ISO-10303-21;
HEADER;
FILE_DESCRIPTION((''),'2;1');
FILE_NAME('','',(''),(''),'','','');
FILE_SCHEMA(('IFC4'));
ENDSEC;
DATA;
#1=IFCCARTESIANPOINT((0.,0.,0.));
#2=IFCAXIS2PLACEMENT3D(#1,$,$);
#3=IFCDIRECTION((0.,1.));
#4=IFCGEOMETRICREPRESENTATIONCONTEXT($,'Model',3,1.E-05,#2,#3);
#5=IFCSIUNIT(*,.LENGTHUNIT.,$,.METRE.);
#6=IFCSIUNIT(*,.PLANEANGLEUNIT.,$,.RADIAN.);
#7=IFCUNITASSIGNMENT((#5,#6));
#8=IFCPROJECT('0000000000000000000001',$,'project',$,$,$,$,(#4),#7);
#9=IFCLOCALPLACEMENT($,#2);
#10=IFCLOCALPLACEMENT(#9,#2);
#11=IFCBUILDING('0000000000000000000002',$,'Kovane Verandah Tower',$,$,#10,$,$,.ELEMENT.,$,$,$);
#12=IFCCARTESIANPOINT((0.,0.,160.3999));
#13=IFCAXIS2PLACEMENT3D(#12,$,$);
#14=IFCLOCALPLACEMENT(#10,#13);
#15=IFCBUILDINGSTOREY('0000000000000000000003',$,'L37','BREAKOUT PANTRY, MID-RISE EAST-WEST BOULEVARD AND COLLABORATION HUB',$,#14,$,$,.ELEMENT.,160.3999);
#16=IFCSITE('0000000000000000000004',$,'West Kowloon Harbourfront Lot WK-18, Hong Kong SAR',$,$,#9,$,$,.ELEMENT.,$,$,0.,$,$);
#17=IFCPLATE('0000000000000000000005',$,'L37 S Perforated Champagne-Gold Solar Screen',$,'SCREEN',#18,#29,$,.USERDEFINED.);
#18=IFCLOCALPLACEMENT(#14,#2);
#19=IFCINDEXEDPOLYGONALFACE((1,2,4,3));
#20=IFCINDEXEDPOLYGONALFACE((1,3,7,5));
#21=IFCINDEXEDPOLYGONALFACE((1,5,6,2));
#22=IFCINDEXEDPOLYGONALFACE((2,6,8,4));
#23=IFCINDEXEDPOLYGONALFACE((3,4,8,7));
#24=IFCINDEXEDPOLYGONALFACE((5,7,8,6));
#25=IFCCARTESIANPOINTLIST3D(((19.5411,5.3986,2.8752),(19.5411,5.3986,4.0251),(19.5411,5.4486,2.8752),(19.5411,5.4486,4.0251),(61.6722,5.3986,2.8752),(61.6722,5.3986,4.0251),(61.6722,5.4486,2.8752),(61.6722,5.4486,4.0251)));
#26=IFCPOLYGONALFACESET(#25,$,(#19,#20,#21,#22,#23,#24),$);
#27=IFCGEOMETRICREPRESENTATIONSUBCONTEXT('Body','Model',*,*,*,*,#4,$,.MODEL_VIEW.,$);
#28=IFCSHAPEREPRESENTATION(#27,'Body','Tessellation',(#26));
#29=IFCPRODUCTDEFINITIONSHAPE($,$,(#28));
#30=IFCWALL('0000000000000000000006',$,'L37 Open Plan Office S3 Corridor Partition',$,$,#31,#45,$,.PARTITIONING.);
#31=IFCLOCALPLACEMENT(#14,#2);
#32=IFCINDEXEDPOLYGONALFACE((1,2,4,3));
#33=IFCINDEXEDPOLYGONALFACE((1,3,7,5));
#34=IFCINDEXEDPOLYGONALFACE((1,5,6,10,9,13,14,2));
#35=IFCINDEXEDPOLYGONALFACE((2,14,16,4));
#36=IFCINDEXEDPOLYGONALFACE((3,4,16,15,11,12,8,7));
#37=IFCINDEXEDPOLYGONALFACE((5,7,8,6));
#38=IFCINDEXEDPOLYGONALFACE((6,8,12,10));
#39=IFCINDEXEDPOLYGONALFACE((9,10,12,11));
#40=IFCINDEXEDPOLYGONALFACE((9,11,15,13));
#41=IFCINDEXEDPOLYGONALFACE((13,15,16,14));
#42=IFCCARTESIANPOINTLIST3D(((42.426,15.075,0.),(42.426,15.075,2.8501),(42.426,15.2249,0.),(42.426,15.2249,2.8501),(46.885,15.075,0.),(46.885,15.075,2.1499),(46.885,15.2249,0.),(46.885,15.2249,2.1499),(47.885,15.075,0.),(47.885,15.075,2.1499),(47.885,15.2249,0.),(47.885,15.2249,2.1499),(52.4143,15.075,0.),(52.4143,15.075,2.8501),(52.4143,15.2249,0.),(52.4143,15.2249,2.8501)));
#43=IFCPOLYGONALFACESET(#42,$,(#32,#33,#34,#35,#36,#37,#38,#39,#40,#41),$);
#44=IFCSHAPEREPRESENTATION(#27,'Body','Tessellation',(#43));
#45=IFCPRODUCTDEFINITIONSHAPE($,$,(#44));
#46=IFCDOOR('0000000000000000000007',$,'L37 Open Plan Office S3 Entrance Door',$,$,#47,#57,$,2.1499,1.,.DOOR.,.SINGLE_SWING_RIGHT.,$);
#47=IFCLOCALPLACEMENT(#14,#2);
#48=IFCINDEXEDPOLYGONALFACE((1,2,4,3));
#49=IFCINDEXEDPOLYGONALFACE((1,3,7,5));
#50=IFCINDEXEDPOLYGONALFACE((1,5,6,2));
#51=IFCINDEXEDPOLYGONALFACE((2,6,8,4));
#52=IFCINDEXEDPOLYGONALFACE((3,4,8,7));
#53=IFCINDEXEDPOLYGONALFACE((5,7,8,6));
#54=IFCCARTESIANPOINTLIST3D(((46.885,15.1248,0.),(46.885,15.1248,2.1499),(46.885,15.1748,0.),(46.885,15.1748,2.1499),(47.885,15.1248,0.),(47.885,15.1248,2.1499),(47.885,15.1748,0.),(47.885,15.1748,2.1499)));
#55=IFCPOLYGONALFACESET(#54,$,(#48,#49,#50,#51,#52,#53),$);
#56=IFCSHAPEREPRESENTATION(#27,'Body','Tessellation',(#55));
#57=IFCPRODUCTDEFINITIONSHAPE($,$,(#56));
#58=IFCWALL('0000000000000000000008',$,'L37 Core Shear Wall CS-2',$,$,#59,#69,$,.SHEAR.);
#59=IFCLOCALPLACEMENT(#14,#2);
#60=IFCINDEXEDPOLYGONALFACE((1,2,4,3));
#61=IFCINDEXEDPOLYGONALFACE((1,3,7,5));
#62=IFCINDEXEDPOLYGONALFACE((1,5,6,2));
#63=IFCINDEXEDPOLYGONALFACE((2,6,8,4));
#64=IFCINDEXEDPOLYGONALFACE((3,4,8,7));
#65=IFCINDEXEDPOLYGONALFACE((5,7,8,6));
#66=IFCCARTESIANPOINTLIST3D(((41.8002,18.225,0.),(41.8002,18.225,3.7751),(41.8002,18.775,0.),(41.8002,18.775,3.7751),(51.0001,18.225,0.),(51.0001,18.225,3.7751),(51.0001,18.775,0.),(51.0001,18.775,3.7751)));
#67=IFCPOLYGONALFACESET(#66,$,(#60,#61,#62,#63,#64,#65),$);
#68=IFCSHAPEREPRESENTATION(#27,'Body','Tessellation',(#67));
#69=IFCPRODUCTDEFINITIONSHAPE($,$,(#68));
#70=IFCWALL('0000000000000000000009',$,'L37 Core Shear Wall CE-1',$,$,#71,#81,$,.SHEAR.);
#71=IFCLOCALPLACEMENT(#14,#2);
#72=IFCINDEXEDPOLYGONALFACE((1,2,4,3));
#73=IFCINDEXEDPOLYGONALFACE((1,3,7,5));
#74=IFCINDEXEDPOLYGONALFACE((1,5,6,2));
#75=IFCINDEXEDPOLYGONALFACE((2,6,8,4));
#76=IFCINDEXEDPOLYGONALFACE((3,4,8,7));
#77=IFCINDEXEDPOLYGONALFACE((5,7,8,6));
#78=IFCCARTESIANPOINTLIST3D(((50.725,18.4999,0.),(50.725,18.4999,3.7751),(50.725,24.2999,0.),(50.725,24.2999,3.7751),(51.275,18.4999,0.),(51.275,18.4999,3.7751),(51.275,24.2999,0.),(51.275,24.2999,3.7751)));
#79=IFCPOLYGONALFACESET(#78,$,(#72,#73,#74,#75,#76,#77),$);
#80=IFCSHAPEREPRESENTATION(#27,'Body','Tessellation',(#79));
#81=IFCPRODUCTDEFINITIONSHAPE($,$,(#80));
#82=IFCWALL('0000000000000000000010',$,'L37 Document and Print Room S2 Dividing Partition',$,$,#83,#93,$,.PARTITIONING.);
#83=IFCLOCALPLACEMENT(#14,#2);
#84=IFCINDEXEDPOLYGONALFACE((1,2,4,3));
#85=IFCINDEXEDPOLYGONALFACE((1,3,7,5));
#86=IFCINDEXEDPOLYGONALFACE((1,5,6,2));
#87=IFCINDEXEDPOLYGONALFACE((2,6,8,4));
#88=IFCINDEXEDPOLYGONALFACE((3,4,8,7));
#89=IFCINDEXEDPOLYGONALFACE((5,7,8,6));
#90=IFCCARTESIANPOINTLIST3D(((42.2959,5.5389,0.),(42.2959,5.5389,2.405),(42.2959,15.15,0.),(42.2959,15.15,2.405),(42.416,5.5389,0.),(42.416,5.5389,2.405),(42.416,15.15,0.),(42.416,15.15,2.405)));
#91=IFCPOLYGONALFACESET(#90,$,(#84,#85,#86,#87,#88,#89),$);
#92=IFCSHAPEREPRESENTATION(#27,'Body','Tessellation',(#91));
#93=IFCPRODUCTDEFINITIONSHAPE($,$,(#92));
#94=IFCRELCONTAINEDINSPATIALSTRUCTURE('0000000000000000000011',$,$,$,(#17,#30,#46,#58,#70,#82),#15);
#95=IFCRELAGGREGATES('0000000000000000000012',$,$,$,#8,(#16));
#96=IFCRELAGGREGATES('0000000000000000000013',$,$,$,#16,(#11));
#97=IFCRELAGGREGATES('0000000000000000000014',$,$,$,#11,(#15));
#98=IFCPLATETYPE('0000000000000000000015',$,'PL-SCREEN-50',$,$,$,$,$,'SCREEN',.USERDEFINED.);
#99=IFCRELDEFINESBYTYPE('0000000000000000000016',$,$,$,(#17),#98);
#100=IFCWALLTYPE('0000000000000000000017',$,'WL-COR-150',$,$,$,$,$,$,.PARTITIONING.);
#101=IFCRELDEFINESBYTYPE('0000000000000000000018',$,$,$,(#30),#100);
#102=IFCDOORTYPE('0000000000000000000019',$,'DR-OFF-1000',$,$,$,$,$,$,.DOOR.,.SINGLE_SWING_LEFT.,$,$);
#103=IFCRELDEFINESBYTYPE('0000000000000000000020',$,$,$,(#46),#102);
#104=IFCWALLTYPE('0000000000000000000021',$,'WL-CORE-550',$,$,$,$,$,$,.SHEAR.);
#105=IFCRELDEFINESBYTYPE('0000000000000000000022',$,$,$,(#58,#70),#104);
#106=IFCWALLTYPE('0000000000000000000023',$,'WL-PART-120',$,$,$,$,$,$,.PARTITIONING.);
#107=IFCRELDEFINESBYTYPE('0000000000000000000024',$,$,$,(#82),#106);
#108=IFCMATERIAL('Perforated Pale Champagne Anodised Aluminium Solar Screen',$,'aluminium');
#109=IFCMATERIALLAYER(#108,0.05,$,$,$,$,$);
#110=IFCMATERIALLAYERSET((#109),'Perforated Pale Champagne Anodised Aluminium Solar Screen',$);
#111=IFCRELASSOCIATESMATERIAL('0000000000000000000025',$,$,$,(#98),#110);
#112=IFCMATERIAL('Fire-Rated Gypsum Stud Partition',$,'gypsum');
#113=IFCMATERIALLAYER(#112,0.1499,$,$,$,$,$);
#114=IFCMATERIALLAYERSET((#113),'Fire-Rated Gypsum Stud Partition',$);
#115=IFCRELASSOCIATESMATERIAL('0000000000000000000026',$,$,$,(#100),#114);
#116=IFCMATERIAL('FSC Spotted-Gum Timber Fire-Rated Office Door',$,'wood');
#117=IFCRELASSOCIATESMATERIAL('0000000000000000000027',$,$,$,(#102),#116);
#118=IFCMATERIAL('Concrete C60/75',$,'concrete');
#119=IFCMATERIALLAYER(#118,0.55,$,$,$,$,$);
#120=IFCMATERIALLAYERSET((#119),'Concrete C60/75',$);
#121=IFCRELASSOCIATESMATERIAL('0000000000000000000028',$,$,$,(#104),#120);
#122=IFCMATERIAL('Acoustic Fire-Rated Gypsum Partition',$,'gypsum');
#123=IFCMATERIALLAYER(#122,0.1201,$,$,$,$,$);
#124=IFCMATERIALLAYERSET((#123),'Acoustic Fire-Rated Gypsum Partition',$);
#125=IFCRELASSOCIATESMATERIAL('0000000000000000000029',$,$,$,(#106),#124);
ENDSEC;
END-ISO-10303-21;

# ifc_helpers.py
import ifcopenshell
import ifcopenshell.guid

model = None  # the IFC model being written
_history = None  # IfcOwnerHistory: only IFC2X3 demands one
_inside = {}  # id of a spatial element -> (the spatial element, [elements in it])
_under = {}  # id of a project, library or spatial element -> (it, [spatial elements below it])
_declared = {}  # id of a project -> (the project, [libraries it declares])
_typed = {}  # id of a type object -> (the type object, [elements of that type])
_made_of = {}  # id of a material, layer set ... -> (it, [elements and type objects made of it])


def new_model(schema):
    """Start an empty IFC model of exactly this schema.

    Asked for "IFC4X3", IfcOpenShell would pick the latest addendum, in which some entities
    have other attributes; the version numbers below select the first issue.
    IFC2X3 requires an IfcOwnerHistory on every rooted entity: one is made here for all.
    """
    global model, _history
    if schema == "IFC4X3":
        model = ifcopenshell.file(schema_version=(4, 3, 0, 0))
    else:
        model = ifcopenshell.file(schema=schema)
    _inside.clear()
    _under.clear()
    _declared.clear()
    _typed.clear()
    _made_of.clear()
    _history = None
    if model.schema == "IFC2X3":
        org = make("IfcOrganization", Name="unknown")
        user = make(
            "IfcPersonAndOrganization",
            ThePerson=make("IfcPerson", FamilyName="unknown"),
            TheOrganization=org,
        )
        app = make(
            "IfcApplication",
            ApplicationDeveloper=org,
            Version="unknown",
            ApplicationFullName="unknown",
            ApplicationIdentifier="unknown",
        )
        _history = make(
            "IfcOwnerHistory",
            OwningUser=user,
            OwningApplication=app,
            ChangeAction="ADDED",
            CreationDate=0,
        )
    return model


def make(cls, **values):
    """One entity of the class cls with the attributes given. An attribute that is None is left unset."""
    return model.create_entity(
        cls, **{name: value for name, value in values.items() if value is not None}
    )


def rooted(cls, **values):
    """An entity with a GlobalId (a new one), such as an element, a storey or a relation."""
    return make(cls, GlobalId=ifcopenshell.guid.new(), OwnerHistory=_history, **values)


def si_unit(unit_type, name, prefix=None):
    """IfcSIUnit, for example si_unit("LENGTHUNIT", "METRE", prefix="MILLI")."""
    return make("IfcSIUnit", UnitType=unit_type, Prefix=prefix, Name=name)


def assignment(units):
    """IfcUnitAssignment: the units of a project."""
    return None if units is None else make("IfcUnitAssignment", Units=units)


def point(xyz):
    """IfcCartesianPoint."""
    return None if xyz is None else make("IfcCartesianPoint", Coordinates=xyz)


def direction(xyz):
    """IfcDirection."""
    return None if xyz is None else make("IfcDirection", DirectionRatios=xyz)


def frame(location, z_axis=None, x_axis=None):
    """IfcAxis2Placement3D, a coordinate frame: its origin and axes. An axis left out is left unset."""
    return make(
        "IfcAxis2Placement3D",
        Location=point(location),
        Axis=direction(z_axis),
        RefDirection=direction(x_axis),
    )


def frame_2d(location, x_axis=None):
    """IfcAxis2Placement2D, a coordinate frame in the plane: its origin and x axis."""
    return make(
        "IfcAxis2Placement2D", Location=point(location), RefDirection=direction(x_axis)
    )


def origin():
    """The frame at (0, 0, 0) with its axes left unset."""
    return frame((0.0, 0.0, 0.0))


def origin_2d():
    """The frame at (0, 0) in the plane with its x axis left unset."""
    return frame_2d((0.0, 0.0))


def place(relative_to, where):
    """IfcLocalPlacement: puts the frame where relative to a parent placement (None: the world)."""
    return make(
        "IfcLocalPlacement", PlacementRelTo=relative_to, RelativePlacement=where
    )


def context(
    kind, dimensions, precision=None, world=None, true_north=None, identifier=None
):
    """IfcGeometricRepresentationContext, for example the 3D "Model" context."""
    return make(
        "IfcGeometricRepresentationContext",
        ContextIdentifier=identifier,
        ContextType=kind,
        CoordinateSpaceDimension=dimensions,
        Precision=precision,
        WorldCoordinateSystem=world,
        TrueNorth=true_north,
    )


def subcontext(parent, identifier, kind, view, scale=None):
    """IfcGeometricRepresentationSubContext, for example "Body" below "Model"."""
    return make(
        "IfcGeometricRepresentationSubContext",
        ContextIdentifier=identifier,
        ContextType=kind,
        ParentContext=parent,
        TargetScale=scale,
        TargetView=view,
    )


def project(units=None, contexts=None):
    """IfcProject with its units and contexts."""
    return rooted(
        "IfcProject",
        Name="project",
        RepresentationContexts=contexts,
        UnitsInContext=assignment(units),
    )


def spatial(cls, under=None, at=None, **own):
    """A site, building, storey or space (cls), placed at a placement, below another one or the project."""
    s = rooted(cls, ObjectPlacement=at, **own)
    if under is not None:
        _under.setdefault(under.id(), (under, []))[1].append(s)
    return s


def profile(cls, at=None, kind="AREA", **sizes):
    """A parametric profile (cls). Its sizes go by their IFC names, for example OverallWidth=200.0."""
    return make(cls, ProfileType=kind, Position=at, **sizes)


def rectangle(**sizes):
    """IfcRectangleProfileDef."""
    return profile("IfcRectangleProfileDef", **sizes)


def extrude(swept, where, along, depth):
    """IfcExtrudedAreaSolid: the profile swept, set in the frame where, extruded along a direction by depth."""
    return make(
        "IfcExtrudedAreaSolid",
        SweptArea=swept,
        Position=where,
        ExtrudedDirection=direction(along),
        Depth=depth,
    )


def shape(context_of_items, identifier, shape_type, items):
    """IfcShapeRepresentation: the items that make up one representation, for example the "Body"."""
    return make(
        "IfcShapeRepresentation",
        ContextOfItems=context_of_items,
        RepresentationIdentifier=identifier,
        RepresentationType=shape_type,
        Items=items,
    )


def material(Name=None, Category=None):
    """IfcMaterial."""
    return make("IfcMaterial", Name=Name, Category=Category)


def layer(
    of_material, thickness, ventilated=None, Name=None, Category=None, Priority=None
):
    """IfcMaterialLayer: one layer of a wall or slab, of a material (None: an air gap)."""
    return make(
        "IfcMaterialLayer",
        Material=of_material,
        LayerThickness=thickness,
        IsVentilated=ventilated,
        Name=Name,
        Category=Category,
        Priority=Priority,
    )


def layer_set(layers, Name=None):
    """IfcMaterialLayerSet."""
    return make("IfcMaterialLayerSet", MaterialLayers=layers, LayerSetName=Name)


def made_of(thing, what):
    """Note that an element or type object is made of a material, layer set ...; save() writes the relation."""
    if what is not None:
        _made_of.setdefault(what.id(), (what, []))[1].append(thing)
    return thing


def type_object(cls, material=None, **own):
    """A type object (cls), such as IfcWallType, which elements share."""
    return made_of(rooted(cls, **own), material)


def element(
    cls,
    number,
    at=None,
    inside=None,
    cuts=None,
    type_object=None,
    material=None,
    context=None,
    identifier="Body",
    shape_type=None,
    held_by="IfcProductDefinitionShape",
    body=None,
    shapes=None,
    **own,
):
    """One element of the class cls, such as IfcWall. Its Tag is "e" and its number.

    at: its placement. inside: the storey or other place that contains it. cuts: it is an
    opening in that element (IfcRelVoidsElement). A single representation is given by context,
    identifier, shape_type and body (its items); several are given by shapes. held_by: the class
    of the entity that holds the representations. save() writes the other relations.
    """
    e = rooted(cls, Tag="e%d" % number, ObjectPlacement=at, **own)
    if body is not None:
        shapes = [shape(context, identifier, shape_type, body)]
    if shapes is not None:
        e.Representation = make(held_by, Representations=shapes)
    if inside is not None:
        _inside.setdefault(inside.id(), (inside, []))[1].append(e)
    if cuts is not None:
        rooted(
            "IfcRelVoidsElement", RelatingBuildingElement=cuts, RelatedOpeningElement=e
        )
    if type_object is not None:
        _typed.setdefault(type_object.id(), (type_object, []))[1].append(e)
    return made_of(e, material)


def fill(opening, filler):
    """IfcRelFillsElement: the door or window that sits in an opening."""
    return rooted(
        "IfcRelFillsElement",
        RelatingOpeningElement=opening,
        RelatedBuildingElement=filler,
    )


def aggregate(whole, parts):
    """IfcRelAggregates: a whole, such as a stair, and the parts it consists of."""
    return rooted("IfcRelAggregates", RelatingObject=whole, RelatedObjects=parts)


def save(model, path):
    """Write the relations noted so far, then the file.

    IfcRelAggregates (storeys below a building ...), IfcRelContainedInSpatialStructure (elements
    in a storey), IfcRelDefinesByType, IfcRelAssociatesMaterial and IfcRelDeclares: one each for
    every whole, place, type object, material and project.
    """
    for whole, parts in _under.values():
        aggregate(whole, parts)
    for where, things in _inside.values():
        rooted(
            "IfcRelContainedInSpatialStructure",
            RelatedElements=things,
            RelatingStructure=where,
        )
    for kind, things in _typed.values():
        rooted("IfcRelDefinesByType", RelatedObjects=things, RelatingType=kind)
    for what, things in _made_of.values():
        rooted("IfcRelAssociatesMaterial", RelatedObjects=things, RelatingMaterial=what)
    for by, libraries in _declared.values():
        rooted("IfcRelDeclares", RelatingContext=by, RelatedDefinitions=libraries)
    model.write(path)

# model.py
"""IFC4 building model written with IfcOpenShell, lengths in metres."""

from ifc_helpers import new_model, si_unit, direction, frame, frame_2d, origin, origin_2d, place, context, subcontext, project, spatial, rectangle, extrude, material, layer, layer_set, type_object, element, fill, save


model = new_model("IFC4")

# Units and contexts
model_context = context("Model", 3, precision=1e-05, world=origin(), true_north=direction((0.0, 1.0)))
body_context = subcontext(model_context, "Body", "Model", "MODEL_VIEW")
ifc_project = project(units=[si_unit("LENGTHUNIT", "METRE"), si_unit("PLANEANGLEUNIT", "RADIAN")], contexts=[model_context])

# Site, building, storey
site_placement = place(None, origin())
site = spatial("IfcSite", under=ifc_project, at=site_placement, Name="West Kowloon Harbourfront Lot WK-18, Hong Kong SAR", CompositionType="ELEMENT", RefElevation=0.0)
building_placement = place(site_placement, origin())
building = spatial("IfcBuilding", under=site, at=building_placement, Name="Kovane Verandah Tower", CompositionType="ELEMENT")
storey_placement = place(building_placement, frame((0.0, 0.0, 160.3999)))
storey = spatial("IfcBuildingStorey", under=building, at=storey_placement, Name="L37", Description="BREAKOUT PANTRY, MID-RISE EAST-WEST BOULEVARD AND COLLABORATION HUB", CompositionType="ELEMENT", Elevation=160.3999)

# Plate
ifc_material_1 = material(Name="Perforated Pale Champagne Anodised Aluminium Solar Screen", Category="aluminium")
ifc_layer_1 = layer(ifc_material_1, 0.05)
ifc_layer_set_1 = layer_set([ifc_layer_1], Name="Perforated Pale Champagne Anodised Aluminium Solar Screen")
plate_type_1 = type_object("IfcPlateType", Name="PL-SCREEN-50", ElementType="SCREEN", PredefinedType="USERDEFINED", material=ifc_layer_set_1)
plate_1_placement = place(storey_placement, frame((40.6067, 5.4236, 2.8752), z_axis=(0.0, 0.0, 1.0), x_axis=(1.0, 0.0, 0.0)))
element("IfcPlate", 1, at=plate_1_placement, inside=storey, type_object=plate_type_1, Name="L37 S Perforated Champagne-Gold Solar Screen", ObjectType="SCREEN", PredefinedType="USERDEFINED", context=body_context, shape_type="SweptSolid", body=[
    extrude(rectangle(XDim=42.1311, YDim=0.05, at=origin_2d()), origin(), (0.0, 0.0, 1.0), 1.1499),
])

# Wall, opening, door
ifc_material_2 = material(Name="Fire-Rated Gypsum Stud Partition", Category="gypsum")
ifc_layer_2 = layer(ifc_material_2, 0.1499)
ifc_layer_set_2 = layer_set([ifc_layer_2], Name="Fire-Rated Gypsum Stud Partition")
wall_type_1 = type_object("IfcWallType", Name="WL-COR-150", PredefinedType="PARTITIONING", material=ifc_layer_set_2)
wall_1_placement = place(storey_placement, frame((42.426, 15.1499, 0.0), z_axis=(0.0, 0.0, 1.0), x_axis=(1.0, 0.0, 0.0)))
wall_1 = element("IfcWall", 2, at=wall_1_placement, inside=storey, type_object=wall_type_1, Name="L37 Open Plan Office S3 Corridor Partition", PredefinedType="PARTITIONING", context=body_context, shape_type="SweptSolid", body=[
    extrude(rectangle(XDim=9.9883, YDim=0.1499, at=frame_2d((4.9941, 0.0))), origin(), (0.0, 0.0, 1.0), 2.8501),
])
opening_placement = place(wall_1_placement, frame((4.459, 0.0, 0.0)))
opening = element("IfcOpeningElement", 3, at=opening_placement, cuts=wall_1, PredefinedType="OPENING", context=body_context, shape_type="SweptSolid", body=[
    extrude(rectangle(XDim=1.0, YDim=2.1499, at=frame_2d((0.5, 1.075))), frame((0.0, 0.075, 0.0), z_axis=(0.0, -1.0, 0.0), x_axis=(1.0, 0.0, 0.0)), (0.0, 0.0, 1.0), 0.1499),
])
ifc_material_3 = material(Name="FSC Spotted-Gum Timber Fire-Rated Office Door", Category="wood")
door_type = type_object("IfcDoorType", Name="DR-OFF-1000", OperationType="SINGLE_SWING_LEFT", PredefinedType="DOOR", material=ifc_material_3)
door_placement = place(opening_placement, origin())
door = element("IfcDoor", 4, at=door_placement, inside=storey, type_object=door_type, Name="L37 Open Plan Office S3 Entrance Door", OperationType="SINGLE_SWING_RIGHT", OverallHeight=2.1499, OverallWidth=1.0, PredefinedType="DOOR", context=body_context, shape_type="SweptSolid", body=[
    extrude(rectangle(XDim=1.0, YDim=2.1499, at=frame_2d((0.5, 1.075))), frame((0.0, 0.0249, 0.0), z_axis=(0.0, -1.0, 0.0), x_axis=(1.0, 0.0, 0.0)), (0.0, 0.0, 1.0), 0.05),
])
fill(opening, door)

# Walls
ifc_material_4 = material(Name="Concrete C60/75", Category="concrete")
ifc_layer_3 = layer(ifc_material_4, 0.55)
ifc_layer_set_3 = layer_set([ifc_layer_3], Name="Concrete C60/75")
wall_type_2 = type_object("IfcWallType", Name="WL-CORE-550", PredefinedType="SHEAR", material=ifc_layer_set_3)
wall_2_placement = place(storey_placement, frame((41.8, 18.5, 0.0), z_axis=(0.0, 0.0, 1.0), x_axis=(1.0, 0.0, 0.0)))
element("IfcWall", 5, at=wall_2_placement, inside=storey, type_object=wall_type_2, Name="L37 Core Shear Wall CS-2", PredefinedType="SHEAR", context=body_context, shape_type="SweptSolid", body=[
    extrude(rectangle(XDim=9.2, YDim=0.55, at=frame_2d((4.6001, 0.0))), origin(), (0.0, 0.0, 1.0), 3.7751),
])
wall_3_placement = place(storey_placement, frame((51.0, 18.5, 0.0), z_axis=(0.0, 0.0, 1.0), x_axis=(0.0, 1.0, 0.0)))
element("IfcWall", 6, at=wall_3_placement, inside=storey, type_object=wall_type_2, Name="L37 Core Shear Wall CE-1", PredefinedType="SHEAR", context=body_context, shape_type="SweptSolid", body=[
    extrude(rectangle(XDim=5.8, YDim=0.55, at=frame_2d((2.8999, 0.0))), origin(), (0.0, 0.0, 1.0), 3.7751),
])
ifc_material_5 = material(Name="Acoustic Fire-Rated Gypsum Partition", Category="gypsum")
ifc_layer_4 = layer(ifc_material_5, 0.1201)
ifc_layer_set_4 = layer_set([ifc_layer_4], Name="Acoustic Fire-Rated Gypsum Partition")
wall_type_3 = type_object("IfcWallType", Name="WL-PART-120", PredefinedType="PARTITIONING", material=ifc_layer_set_4)
wall_4_placement = place(storey_placement, frame((42.356, 5.5388, 0.0), z_axis=(0.0, 0.0, 1.0), x_axis=(0.0, 1.0, 0.0)))
element("IfcWall", 7, at=wall_4_placement, inside=storey, type_object=wall_type_3, Name="L37 Document and Print Room S2 Dividing Partition", PredefinedType="PARTITIONING", context=body_context, shape_type="SweptSolid", body=[
    extrude(rectangle(XDim=9.6111, YDim=0.1201, at=frame_2d((4.8057, 0.0))), origin(), (0.0, 0.0, 1.0), 2.405),
])

save(model, "model.ifc")
